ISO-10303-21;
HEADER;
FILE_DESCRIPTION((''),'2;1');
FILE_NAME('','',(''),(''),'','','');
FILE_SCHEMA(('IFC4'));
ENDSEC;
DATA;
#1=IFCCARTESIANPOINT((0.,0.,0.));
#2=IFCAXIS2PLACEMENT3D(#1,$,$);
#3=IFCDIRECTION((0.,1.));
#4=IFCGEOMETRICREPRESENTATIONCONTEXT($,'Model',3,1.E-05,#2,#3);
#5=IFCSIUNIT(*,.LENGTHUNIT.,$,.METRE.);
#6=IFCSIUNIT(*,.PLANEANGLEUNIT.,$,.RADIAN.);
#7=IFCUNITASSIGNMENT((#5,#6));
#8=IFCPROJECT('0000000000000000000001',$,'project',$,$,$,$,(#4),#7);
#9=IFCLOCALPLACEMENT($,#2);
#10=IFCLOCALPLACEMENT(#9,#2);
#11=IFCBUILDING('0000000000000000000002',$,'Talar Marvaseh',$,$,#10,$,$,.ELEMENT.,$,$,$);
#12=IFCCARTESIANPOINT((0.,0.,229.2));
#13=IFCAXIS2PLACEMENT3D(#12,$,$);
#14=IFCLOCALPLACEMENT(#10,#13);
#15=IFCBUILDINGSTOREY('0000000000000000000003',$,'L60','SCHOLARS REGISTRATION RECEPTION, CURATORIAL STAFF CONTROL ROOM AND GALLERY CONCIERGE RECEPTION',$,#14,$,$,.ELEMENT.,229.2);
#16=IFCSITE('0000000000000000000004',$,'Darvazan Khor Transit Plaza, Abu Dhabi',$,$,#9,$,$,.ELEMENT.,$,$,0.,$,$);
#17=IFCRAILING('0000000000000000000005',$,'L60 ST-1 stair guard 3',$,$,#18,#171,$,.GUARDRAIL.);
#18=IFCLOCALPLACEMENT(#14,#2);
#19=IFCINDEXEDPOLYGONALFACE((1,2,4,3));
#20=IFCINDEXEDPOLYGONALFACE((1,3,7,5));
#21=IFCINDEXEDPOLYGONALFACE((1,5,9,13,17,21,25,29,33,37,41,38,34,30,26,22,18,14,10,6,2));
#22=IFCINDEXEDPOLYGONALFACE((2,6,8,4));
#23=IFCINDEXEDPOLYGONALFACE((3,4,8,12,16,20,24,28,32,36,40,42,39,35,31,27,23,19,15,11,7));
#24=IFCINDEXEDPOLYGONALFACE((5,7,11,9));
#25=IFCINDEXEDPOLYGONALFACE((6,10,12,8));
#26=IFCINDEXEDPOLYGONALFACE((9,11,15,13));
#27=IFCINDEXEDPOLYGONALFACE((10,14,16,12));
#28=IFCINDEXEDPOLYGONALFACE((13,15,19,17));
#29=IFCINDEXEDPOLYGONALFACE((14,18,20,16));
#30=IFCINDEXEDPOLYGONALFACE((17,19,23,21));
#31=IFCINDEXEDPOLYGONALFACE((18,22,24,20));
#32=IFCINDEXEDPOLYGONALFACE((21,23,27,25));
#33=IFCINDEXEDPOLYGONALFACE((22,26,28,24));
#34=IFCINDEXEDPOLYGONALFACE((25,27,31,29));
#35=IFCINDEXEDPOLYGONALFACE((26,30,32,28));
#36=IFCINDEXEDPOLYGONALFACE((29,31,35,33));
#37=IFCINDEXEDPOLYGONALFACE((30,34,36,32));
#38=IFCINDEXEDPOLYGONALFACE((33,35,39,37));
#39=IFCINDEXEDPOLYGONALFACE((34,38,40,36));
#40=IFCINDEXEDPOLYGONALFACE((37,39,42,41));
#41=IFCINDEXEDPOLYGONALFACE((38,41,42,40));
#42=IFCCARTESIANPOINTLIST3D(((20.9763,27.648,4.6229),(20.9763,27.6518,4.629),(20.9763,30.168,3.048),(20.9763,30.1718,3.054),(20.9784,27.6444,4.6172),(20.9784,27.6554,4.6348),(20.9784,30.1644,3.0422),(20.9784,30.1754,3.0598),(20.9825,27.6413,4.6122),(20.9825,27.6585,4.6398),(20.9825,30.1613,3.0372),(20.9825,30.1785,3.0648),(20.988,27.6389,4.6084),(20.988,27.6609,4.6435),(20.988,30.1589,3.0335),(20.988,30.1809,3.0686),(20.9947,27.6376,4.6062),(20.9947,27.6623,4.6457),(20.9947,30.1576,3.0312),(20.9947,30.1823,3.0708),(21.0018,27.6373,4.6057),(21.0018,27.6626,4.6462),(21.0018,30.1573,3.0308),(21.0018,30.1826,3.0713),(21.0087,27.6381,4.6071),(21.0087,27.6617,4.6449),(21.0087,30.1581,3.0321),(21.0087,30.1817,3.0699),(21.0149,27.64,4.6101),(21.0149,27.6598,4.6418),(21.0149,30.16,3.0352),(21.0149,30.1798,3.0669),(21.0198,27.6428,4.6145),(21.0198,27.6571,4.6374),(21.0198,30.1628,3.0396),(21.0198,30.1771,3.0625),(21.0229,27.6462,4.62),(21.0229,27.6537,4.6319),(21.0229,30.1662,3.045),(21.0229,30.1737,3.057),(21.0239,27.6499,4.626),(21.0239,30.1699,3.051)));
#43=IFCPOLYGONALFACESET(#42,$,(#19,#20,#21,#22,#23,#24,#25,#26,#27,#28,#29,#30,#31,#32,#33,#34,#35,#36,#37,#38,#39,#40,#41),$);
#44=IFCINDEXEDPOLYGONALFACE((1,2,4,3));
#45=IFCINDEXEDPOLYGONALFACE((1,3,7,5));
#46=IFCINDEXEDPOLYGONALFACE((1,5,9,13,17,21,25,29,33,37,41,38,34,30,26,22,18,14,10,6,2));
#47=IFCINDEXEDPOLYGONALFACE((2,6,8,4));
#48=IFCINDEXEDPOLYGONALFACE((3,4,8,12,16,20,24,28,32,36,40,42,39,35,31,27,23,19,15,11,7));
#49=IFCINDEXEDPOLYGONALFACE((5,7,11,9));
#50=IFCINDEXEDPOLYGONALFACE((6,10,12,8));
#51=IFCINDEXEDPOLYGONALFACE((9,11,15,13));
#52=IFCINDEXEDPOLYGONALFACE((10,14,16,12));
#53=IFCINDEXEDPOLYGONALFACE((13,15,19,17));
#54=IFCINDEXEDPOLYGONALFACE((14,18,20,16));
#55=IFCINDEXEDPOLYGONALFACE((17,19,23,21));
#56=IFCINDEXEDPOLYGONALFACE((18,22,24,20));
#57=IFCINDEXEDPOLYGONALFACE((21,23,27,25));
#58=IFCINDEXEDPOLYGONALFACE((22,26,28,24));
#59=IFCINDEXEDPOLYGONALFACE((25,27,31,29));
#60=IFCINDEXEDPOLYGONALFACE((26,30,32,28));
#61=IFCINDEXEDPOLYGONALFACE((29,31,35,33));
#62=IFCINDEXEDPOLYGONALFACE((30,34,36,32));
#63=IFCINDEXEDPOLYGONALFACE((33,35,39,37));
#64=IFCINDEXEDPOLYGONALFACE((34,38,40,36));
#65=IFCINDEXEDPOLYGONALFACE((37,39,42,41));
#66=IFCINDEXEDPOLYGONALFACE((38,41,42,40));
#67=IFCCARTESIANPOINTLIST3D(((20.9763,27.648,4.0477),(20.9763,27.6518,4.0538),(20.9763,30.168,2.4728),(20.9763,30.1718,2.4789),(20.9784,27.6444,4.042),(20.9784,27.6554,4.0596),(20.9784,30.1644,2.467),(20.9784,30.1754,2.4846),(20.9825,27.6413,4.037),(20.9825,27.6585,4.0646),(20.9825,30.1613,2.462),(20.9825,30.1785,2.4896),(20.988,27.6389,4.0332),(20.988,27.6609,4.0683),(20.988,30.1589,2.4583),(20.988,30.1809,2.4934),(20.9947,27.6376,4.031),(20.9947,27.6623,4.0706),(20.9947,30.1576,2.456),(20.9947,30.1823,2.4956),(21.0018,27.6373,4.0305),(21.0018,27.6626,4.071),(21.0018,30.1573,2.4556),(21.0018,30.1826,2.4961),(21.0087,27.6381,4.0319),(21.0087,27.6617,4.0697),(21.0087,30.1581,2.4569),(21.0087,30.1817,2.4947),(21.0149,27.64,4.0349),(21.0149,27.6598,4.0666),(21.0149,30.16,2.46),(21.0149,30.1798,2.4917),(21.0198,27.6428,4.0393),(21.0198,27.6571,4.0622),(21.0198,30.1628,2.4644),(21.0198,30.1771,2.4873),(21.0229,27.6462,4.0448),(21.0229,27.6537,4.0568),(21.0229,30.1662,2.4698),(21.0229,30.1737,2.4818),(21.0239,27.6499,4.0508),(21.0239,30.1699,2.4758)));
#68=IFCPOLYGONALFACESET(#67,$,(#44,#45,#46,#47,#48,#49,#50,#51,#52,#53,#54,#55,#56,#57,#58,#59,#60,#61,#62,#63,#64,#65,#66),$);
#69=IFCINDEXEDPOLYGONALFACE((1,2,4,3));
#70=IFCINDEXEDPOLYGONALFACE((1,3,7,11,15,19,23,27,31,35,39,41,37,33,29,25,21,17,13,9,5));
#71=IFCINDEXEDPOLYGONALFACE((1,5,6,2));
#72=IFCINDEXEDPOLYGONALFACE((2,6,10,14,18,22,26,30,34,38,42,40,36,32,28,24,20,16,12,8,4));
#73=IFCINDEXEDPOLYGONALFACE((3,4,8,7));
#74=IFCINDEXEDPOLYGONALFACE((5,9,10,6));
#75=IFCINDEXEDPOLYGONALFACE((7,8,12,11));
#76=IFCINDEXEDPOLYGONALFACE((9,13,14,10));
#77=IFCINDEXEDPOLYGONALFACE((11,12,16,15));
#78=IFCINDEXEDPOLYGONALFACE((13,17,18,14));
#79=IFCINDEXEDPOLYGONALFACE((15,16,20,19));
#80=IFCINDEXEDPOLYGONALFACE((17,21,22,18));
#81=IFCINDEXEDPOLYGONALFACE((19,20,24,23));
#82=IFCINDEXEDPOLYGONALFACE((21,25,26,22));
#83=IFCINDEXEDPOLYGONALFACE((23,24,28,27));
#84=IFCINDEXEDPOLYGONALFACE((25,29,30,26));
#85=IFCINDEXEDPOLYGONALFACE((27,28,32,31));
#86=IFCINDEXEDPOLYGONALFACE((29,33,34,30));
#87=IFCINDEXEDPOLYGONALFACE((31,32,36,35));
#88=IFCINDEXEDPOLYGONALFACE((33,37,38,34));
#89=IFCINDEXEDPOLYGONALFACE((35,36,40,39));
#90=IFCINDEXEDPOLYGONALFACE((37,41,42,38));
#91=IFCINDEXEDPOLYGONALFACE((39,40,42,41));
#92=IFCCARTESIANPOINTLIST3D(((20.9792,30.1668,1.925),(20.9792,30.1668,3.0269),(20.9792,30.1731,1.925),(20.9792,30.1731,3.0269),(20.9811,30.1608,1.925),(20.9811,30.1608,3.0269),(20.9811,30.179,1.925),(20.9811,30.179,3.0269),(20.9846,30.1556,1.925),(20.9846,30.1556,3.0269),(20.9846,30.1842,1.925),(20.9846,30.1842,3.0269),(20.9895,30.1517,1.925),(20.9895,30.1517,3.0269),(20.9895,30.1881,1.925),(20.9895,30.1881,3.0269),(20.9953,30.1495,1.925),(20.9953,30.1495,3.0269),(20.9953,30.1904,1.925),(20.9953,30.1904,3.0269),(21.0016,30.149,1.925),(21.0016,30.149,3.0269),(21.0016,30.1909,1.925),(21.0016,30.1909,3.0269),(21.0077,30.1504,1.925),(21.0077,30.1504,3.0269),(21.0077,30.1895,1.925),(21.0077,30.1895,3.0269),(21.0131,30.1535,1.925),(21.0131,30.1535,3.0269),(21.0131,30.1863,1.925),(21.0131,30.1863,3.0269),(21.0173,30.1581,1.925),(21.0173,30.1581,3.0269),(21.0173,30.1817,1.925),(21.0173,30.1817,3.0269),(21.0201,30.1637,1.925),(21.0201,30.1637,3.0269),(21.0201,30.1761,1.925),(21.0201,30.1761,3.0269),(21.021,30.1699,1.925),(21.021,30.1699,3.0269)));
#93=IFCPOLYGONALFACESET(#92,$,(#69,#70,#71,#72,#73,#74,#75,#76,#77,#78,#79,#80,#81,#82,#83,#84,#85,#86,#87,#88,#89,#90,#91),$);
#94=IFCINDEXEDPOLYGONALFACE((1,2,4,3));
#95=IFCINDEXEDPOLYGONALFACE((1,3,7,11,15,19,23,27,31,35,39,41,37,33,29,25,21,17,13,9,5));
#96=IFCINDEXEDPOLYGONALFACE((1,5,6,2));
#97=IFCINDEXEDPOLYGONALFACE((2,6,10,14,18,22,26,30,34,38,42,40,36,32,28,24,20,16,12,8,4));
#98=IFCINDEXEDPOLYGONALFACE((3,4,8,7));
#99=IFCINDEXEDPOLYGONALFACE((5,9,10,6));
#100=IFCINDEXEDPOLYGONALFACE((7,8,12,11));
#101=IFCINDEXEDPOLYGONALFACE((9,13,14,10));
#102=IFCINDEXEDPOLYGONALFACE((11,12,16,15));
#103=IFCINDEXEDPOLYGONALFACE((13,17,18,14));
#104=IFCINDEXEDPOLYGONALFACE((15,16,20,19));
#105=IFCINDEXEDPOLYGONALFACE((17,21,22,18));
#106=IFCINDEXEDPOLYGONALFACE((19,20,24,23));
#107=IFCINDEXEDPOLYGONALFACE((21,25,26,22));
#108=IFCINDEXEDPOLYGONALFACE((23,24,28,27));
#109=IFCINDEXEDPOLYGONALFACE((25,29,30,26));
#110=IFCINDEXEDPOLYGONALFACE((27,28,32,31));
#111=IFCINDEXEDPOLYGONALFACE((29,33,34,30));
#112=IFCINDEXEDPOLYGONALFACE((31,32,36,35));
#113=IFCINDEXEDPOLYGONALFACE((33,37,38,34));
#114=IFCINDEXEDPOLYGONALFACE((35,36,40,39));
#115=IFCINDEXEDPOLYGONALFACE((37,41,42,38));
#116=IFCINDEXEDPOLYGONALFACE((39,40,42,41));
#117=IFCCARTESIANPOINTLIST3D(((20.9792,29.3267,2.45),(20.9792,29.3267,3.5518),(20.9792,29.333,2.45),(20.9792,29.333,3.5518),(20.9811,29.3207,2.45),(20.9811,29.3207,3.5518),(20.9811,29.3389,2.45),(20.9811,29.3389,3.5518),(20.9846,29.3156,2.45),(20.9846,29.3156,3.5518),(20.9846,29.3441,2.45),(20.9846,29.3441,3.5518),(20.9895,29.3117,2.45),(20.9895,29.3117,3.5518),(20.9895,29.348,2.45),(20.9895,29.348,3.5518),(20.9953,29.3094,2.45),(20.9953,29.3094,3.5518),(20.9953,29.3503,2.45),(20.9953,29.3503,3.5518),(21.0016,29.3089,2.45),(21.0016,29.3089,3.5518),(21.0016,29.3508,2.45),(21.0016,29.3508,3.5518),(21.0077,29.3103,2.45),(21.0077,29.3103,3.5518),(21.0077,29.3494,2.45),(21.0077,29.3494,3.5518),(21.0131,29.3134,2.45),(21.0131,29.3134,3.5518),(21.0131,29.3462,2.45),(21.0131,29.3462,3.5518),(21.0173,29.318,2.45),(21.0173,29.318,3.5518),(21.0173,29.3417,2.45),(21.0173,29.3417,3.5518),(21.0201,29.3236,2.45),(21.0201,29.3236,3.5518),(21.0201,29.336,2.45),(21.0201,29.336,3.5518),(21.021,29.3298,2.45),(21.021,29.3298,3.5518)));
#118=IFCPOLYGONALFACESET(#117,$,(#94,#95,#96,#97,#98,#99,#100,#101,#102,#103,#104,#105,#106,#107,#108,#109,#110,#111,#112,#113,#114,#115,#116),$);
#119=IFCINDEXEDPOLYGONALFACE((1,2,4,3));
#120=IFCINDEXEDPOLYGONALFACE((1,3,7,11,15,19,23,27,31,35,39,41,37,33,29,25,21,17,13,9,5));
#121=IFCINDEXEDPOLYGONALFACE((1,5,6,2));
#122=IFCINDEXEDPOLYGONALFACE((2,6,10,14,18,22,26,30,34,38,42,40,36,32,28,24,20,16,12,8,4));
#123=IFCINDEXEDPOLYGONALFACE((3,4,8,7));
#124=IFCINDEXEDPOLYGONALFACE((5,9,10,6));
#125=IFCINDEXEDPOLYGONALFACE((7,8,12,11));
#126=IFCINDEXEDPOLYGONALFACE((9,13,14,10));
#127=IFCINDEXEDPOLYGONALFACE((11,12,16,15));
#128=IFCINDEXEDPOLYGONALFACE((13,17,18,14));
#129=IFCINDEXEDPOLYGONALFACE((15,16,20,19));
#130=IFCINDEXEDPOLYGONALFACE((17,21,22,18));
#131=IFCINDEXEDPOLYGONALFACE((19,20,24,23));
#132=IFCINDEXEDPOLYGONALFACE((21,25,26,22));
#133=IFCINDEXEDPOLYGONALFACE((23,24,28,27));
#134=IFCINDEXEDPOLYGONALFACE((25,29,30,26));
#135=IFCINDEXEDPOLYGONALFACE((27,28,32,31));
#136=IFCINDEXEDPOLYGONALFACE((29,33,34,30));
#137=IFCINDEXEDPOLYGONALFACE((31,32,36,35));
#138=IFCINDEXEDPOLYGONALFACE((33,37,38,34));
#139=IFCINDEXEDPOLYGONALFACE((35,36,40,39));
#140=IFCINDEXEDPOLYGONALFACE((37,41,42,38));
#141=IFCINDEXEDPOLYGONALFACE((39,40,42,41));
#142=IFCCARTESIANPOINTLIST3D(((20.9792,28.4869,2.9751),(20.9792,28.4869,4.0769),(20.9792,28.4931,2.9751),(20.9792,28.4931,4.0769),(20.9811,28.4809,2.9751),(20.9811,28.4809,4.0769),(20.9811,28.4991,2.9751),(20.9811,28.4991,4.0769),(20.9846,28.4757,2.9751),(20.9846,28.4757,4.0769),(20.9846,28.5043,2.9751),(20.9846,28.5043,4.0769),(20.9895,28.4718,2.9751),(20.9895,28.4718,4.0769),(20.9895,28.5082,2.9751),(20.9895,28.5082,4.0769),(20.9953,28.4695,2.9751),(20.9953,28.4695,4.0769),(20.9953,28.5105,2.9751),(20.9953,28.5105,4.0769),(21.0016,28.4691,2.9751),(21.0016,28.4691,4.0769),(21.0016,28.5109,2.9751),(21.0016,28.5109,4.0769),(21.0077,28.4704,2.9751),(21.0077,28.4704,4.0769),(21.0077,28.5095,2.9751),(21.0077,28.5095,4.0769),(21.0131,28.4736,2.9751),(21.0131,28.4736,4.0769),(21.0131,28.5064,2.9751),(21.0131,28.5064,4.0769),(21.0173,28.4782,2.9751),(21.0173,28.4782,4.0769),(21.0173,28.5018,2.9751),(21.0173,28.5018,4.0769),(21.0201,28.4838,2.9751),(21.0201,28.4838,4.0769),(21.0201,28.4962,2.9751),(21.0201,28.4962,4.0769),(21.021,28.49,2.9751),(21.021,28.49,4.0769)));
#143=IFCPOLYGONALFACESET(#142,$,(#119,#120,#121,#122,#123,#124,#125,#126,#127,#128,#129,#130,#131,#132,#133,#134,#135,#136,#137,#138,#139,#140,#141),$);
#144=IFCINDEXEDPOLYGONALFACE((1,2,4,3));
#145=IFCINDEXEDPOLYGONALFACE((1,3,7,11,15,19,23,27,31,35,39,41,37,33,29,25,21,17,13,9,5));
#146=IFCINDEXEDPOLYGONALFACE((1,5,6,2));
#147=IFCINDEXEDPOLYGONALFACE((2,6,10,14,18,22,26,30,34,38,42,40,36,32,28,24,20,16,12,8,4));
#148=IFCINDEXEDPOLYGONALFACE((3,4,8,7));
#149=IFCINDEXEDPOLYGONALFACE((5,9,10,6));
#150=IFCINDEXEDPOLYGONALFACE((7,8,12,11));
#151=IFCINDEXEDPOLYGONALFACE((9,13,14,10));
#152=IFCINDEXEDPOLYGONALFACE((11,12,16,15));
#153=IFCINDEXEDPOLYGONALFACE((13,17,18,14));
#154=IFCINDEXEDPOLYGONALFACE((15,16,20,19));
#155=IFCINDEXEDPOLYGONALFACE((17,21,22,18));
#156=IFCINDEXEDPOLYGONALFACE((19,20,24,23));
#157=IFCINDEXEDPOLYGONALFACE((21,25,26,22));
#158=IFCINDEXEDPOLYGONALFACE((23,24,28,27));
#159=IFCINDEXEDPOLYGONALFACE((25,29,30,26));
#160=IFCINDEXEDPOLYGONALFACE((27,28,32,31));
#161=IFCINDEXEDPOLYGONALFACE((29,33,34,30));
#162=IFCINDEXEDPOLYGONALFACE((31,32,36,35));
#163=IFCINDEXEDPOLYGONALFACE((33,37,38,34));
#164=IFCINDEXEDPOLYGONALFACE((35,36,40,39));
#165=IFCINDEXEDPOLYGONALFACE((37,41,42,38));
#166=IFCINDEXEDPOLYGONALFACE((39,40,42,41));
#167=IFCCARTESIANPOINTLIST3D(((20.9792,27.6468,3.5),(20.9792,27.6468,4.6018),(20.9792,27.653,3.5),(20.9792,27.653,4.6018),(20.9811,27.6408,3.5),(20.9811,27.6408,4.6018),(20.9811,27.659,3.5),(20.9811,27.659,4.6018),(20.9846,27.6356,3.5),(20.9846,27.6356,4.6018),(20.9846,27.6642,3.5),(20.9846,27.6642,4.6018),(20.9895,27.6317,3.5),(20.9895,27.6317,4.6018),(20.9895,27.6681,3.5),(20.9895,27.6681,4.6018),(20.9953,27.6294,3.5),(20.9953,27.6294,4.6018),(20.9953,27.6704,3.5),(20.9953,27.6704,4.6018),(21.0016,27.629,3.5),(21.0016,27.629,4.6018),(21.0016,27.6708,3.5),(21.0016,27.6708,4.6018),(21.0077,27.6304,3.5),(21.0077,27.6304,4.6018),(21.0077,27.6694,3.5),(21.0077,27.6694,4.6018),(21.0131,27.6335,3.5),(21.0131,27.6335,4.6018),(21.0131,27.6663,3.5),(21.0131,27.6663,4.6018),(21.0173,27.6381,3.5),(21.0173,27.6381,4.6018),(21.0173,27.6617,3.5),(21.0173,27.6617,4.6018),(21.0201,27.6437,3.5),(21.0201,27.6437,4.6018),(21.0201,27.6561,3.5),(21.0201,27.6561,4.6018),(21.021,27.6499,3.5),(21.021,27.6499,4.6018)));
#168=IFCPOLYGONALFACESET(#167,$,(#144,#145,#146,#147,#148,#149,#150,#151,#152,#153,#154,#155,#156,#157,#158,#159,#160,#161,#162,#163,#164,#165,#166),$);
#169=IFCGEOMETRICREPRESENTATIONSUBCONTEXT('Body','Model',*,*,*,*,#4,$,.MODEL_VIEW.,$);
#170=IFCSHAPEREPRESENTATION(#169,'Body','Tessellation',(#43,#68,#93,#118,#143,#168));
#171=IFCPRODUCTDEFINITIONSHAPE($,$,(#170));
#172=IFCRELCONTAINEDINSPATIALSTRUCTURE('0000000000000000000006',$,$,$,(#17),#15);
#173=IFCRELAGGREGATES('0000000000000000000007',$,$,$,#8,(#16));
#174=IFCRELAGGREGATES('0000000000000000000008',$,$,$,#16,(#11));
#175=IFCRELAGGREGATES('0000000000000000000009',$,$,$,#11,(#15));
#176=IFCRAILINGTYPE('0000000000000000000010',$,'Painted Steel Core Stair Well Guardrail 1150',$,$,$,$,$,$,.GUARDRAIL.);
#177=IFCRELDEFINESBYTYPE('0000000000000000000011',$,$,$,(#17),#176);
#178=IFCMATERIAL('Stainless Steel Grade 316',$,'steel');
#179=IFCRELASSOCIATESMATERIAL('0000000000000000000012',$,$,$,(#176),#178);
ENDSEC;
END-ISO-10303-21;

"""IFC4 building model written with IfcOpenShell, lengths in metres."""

from ifc_helpers import new_model, si_unit, direction, frame, origin, origin_2d, place, context, subcontext, project, spatial, circle, extrude, material, type_object, element, save


model = new_model("IFC4")

# Units and contexts
model_context = context("Model", 3, precision=1e-05, world=origin(), true_north=direction((0.0, 1.0)))
body_context = subcontext(model_context, "Body", "Model", "MODEL_VIEW")
ifc_project = project(units=[si_unit("LENGTHUNIT", "METRE"), si_unit("PLANEANGLEUNIT", "RADIAN")], contexts=[model_context])

# Site, building, storey
site_placement = place(None, origin())
site = spatial("IfcSite", under=ifc_project, at=site_placement, Name="Darvazan Khor Transit Plaza, Abu Dhabi", CompositionType="ELEMENT", RefElevation=0.0)
building_placement = place(site_placement, origin())
building = spatial("IfcBuilding", under=site, at=building_placement, Name="Talar Marvaseh", CompositionType="ELEMENT")
storey_placement = place(building_placement, frame((0.0, 0.0, 229.2)))
storey = spatial("IfcBuildingStorey", under=building, at=storey_placement, Name="L60", Description="SCHOLARS REGISTRATION RECEPTION, CURATORIAL STAFF CONTROL ROOM AND GALLERY CONCIERGE RECEPTION", CompositionType="ELEMENT", Elevation=229.2)

# Railing
ifc_material_1 = material(Name="Stainless Steel Grade 316", Category="steel")
railing_type_1 = type_object("IfcRailingType", Name="Painted Steel Core Stair Well Guardrail 1150", PredefinedType="GUARDRAIL", material=ifc_material_1)
railing_1_placement = place(storey_placement, frame((21.0, 30.1699, 1.925)))
element("IfcRailing", 1, at=railing_1_placement, inside=storey, type_object=railing_type_1, Name="L60 ST-1 stair guard 3", PredefinedType="GUARDRAIL", context=body_context, shape_type="SweptSolid", body=[
    extrude(circle(Radius=0.0239, at=origin_2d()), frame((0.0, 0.0, 1.126), z_axis=(0.0, -0.848008, 0.529984), x_axis=(1.0, 0.0, 0.0)), (0.0, 0.0, 1.0), 2.9717),
    extrude(circle(Radius=0.0239, at=origin_2d()), frame((0.0, 0.0, 0.5508), z_axis=(0.0, -0.848008, 0.529984), x_axis=(1.0, 0.0, 0.0)), (0.0, 0.0, 1.0), 2.9717),
    extrude(circle(Radius=0.021, at=origin_2d()), origin(), (0.0, 0.0, 1.0), 1.1018),
    extrude(circle(Radius=0.021, at=origin_2d()), frame((0.0, -0.8401, 0.5249)), (0.0, 0.0, 1.0), 1.1018),
    extrude(circle(Radius=0.021, at=origin_2d()), frame((0.0, -1.6799, 1.05)), (0.0, 0.0, 1.0), 1.1018),
    extrude(circle(Radius=0.021, at=origin_2d()), frame((0.0, -2.52, 1.575)), (0.0, 0.0, 1.0), 1.1018),
])

save(model, "model.ifc")
